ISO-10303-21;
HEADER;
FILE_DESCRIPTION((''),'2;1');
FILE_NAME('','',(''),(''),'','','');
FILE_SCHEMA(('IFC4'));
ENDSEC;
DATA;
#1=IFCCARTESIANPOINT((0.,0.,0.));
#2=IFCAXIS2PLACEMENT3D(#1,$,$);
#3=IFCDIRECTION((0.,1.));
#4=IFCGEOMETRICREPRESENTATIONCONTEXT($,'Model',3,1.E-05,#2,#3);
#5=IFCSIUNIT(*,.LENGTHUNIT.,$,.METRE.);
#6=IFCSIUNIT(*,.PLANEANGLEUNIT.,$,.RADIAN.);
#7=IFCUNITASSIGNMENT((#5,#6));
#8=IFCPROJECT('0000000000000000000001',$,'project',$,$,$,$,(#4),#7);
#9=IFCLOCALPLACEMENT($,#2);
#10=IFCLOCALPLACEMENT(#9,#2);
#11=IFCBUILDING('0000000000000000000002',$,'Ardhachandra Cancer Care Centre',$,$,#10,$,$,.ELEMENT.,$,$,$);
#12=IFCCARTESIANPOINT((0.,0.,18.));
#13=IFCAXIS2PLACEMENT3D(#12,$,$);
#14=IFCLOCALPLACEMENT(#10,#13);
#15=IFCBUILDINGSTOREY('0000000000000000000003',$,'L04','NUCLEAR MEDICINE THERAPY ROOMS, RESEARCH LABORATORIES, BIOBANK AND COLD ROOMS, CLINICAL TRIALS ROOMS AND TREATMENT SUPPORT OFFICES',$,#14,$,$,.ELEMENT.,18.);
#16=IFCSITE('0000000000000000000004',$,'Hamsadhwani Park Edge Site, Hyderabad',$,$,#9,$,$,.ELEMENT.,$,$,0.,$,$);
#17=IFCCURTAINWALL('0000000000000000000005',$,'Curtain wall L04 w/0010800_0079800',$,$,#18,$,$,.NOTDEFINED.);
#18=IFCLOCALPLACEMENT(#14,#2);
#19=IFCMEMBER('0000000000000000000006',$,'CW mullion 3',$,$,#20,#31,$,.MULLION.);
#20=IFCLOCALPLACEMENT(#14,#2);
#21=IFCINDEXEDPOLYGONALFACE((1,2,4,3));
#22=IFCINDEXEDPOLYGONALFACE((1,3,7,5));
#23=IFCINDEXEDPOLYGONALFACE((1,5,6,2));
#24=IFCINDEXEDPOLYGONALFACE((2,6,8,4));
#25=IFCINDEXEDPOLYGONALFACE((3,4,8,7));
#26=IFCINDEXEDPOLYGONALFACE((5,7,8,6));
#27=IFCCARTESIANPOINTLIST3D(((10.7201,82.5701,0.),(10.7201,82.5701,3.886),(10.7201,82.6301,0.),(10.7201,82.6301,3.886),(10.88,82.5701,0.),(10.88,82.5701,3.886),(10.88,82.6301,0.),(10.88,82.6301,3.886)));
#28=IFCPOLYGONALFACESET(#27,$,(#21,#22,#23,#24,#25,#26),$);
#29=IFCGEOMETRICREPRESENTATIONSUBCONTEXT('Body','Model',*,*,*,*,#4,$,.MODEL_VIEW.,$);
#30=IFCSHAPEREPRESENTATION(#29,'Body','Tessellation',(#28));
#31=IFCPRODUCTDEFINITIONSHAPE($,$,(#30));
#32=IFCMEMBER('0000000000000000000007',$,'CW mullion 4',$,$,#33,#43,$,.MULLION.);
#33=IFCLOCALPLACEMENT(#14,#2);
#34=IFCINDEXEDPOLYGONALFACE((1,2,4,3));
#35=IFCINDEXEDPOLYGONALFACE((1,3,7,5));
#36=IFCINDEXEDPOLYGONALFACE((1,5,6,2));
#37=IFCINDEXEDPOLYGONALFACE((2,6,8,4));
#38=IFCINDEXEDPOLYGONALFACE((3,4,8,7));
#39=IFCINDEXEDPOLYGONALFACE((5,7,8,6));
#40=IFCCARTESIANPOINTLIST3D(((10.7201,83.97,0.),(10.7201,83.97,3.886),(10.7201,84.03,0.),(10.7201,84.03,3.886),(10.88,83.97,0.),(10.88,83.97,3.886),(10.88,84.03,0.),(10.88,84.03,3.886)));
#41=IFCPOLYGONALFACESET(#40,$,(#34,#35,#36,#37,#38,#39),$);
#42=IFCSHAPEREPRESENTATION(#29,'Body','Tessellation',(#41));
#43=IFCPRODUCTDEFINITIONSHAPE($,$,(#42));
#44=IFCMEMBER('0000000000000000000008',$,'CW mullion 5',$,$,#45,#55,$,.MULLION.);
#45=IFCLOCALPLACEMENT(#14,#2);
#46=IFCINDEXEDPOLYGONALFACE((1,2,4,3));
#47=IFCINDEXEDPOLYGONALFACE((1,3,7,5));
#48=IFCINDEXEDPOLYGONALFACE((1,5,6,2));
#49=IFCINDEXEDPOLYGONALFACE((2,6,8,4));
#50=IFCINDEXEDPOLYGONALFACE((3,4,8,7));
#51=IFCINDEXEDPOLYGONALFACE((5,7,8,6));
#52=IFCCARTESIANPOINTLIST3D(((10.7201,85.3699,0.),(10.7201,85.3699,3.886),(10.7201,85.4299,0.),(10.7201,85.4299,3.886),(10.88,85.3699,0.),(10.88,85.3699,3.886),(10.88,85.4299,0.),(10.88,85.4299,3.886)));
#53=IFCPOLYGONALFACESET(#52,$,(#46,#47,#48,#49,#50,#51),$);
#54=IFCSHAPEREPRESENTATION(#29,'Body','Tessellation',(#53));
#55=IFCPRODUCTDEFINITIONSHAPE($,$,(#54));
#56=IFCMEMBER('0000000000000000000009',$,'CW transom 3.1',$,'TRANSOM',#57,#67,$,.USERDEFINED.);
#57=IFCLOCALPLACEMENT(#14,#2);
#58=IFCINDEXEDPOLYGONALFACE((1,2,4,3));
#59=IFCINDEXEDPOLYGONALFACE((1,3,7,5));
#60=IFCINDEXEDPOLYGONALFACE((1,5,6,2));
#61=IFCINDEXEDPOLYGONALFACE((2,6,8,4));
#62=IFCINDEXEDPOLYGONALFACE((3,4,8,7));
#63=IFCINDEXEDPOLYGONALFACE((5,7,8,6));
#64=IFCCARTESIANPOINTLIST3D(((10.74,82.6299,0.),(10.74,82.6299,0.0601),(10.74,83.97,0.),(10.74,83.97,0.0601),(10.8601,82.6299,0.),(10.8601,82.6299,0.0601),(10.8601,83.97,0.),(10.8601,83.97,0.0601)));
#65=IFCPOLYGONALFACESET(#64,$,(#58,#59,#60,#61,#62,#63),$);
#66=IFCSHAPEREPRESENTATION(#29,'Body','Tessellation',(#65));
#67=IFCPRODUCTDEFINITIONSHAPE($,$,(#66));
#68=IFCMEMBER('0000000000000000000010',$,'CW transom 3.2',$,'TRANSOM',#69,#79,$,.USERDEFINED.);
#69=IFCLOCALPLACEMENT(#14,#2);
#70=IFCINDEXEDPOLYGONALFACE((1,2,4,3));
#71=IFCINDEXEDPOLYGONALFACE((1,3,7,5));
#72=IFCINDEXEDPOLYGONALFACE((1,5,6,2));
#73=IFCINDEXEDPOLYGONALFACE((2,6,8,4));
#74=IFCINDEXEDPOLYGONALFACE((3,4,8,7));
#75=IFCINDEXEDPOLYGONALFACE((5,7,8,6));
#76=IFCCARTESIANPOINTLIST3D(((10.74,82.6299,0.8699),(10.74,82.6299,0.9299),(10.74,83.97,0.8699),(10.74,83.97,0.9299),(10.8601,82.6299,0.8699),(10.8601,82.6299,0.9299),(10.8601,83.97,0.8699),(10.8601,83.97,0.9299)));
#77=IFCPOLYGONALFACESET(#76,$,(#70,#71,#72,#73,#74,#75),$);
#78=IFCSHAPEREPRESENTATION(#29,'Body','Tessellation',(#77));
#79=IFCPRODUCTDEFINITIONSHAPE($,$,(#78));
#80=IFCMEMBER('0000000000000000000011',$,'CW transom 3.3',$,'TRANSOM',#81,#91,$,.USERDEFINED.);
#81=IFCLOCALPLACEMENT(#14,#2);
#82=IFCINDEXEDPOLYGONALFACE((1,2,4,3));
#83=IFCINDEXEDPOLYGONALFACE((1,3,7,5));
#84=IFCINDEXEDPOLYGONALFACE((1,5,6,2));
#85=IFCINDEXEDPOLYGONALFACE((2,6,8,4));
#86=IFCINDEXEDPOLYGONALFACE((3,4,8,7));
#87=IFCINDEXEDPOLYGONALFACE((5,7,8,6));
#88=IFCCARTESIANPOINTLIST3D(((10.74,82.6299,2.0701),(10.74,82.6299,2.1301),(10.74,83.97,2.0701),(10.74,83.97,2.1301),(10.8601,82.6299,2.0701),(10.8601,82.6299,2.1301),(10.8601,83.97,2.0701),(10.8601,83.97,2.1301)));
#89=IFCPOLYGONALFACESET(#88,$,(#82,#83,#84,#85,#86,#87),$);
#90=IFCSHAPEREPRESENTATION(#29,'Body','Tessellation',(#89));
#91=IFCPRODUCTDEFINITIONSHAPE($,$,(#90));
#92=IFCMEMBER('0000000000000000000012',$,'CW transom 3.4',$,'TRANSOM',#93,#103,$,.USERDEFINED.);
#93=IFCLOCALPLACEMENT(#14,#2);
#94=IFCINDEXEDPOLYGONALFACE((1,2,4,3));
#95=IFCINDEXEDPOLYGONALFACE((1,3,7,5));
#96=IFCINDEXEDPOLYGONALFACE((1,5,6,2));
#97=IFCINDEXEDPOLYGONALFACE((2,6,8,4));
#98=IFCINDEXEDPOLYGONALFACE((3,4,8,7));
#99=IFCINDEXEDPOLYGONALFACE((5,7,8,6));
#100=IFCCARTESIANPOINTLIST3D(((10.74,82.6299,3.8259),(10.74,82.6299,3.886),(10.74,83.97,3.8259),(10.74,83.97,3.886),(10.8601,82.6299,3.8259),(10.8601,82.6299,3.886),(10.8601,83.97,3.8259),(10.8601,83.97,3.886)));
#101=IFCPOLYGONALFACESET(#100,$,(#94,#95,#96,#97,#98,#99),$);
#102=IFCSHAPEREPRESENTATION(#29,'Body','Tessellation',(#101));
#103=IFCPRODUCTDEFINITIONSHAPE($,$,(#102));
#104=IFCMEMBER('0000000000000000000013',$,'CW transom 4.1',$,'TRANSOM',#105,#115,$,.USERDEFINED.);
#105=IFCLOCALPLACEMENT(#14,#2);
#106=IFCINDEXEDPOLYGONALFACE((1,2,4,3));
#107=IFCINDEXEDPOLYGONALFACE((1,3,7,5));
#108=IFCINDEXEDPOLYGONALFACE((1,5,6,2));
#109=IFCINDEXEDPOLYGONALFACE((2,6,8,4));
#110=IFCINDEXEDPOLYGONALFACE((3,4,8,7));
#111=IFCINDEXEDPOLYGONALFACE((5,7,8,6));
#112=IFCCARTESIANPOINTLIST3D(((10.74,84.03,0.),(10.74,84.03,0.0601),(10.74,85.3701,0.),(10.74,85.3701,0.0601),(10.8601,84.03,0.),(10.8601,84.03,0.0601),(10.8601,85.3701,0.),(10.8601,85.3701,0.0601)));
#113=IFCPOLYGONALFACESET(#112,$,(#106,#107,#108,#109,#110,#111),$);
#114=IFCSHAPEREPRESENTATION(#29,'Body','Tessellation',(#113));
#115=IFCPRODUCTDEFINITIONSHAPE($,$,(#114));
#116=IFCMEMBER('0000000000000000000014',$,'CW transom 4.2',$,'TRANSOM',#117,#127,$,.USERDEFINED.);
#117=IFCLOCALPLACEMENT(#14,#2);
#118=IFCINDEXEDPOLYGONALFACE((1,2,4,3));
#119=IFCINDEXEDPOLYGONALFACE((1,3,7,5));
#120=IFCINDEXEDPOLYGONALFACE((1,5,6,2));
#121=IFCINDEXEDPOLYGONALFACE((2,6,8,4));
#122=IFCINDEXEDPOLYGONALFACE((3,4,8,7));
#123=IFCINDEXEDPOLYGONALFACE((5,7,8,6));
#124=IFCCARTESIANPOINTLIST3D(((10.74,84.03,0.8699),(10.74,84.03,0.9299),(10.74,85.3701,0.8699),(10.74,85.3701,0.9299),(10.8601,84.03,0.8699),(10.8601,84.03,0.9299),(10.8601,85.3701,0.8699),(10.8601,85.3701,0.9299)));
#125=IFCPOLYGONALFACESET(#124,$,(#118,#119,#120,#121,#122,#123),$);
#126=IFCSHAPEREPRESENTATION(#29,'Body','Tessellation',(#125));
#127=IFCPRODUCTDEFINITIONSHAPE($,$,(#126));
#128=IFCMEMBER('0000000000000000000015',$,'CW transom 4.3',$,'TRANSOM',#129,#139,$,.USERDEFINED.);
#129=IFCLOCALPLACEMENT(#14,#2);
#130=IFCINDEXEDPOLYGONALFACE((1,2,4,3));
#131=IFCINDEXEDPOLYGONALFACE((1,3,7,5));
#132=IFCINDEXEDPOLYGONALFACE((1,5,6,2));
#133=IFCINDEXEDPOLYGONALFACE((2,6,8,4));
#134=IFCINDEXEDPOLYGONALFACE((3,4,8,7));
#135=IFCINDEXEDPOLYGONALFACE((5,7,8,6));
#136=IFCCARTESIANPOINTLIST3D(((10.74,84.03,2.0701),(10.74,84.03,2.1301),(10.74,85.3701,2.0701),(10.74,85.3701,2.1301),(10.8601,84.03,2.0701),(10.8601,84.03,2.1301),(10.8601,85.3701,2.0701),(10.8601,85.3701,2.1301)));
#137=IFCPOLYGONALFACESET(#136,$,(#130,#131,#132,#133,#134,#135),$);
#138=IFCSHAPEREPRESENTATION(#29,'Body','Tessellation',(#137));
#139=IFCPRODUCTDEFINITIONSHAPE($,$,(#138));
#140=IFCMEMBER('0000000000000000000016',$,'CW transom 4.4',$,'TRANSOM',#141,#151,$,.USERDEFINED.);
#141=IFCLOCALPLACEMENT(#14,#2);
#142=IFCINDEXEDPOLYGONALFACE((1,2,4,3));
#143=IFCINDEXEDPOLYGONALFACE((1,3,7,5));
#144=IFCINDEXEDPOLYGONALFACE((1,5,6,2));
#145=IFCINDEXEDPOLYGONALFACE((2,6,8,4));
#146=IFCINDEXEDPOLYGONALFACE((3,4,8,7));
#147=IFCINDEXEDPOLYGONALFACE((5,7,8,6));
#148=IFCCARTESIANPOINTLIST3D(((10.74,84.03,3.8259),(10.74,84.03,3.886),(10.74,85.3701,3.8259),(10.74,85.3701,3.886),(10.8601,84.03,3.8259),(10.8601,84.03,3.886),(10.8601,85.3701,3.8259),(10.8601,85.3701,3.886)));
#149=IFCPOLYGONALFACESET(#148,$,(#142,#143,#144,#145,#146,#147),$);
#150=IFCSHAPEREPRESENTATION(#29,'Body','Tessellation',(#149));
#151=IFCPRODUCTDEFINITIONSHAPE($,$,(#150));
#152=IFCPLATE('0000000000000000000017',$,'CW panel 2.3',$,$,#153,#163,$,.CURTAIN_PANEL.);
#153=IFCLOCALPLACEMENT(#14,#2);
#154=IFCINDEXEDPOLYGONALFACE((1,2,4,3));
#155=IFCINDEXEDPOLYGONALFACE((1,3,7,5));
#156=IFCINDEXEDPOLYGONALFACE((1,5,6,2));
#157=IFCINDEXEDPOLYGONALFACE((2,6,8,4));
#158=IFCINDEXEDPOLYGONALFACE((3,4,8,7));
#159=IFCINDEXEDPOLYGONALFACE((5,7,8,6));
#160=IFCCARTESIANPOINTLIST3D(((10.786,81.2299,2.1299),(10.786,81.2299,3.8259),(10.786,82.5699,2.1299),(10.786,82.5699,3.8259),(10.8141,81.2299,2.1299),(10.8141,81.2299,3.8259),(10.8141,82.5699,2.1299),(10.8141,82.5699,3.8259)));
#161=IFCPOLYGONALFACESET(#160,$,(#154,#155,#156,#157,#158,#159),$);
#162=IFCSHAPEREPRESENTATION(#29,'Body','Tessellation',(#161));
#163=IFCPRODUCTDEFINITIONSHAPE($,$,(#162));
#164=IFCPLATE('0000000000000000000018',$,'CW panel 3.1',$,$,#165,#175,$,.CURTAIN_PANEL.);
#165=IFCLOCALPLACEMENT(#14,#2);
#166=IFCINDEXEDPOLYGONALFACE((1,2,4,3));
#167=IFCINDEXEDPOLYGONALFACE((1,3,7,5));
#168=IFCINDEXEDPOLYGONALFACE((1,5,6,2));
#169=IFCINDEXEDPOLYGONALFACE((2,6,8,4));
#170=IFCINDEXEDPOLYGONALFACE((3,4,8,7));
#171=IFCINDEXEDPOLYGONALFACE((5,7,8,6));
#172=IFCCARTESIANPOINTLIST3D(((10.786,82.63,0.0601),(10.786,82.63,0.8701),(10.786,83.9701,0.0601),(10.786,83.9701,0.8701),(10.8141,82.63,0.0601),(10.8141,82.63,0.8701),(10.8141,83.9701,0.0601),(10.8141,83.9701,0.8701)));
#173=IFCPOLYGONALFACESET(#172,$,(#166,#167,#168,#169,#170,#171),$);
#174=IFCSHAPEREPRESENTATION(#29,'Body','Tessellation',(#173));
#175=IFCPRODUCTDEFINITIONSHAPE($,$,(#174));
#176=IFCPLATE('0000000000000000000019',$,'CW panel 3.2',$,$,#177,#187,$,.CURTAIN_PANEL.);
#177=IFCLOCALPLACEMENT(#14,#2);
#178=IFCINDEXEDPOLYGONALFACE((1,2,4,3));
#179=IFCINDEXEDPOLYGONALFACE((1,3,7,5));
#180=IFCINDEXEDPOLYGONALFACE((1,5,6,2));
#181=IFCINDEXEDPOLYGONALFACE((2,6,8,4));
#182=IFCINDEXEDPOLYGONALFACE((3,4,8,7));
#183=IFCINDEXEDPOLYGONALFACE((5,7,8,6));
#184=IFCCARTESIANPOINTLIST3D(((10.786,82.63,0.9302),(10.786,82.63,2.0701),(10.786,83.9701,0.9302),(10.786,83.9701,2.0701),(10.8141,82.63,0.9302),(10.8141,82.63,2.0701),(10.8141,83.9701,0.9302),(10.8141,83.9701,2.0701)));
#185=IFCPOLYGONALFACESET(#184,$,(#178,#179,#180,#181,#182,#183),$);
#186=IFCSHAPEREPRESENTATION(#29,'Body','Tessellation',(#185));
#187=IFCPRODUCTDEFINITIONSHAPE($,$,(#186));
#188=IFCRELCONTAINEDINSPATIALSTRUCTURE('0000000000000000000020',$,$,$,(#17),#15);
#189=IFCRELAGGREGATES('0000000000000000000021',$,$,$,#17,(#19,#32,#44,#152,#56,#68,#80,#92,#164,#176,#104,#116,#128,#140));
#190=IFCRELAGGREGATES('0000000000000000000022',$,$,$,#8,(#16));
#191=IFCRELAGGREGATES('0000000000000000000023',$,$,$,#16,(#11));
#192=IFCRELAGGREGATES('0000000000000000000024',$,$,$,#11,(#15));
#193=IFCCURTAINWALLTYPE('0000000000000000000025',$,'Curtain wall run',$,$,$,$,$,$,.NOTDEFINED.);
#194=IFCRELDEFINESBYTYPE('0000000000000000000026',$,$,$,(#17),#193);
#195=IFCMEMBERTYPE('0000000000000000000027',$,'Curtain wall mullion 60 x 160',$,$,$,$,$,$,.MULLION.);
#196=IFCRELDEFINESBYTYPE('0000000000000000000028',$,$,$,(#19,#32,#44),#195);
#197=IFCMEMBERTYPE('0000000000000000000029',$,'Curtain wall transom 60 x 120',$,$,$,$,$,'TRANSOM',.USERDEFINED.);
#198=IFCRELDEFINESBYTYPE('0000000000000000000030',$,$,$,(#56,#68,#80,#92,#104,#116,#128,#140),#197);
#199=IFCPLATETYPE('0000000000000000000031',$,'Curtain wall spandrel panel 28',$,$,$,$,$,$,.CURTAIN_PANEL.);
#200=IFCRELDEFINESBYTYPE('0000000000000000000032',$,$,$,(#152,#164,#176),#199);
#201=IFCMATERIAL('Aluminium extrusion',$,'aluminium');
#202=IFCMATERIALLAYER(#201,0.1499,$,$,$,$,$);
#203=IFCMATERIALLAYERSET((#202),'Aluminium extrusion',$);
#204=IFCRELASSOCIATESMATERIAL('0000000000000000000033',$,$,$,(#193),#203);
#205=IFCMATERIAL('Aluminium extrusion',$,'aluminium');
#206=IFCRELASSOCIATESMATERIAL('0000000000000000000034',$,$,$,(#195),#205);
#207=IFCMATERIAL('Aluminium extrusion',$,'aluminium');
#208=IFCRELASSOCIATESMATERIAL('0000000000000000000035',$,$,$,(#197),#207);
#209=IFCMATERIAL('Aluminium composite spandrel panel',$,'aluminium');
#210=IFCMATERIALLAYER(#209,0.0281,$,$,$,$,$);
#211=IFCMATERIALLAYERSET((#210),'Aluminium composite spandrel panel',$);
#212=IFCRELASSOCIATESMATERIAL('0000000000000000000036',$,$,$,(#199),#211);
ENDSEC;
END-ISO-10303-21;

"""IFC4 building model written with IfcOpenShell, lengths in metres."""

from ifc_helpers import new_model, si_unit, direction, frame, origin, origin_2d, place, context, subcontext, project, spatial, rectangle, extrude, material, layer, layer_set, material_profile, profile_set, type_object, element, aggregate, save


model = new_model("IFC4")

# Units and contexts
model_context = context("Model", 3, precision=1e-05, world=origin(), true_north=direction((0.0, 1.0)))
body_context = subcontext(model_context, "Body", "Model", "MODEL_VIEW")
ifc_project = project(units=[si_unit("LENGTHUNIT", "METRE"), si_unit("PLANEANGLEUNIT", "RADIAN")], contexts=[model_context])

# Site, building, storey
site_placement = place(None, origin())
site = spatial("IfcSite", under=ifc_project, at=site_placement, Name="Hamsadhwani Park Edge Site, Hyderabad", CompositionType="ELEMENT", RefElevation=0.0)
building_placement = place(site_placement, origin())
building = spatial("IfcBuilding", under=site, at=building_placement, Name="Ardhachandra Cancer Care Centre", CompositionType="ELEMENT")
storey_placement = place(building_placement, frame((0.0, 0.0, 18.0)))
storey = spatial("IfcBuildingStorey", under=building, at=storey_placement, Name="L04", Description="NUCLEAR MEDICINE THERAPY ROOMS, RESEARCH LABORATORIES, BIOBANK AND COLD ROOMS, CLINICAL TRIALS ROOMS AND TREATMENT SUPPORT OFFICES", CompositionType="ELEMENT", Elevation=18.0)

# Curtain wall, members, plates
ifc_material_1 = material(Name="Aluminium extrusion", Category="aluminium")
ifc_layer_1 = layer(ifc_material_1, 0.1499)
ifc_layer_set_1 = layer_set([ifc_layer_1], Name="Aluminium extrusion")
curtain_wall_type = type_object("IfcCurtainWallType", Name="Curtain wall run", PredefinedType="NOTDEFINED", material=ifc_layer_set_1)
curtain_wall_placement = place(storey_placement, origin())
curtain_wall = element("IfcCurtainWall", 1, at=curtain_wall_placement, inside=storey, type_object=curtain_wall_type, Name="Curtain wall L04 w/0010800_0079800", PredefinedType="NOTDEFINED")
ifc_material_2 = material(Name="Aluminium extrusion", Category="aluminium")
ifc_material_profile_1 = material_profile(ifc_material_2, rectangle(XDim=0.1599, YDim=0.0601, at=origin_2d()), Name="Curtain wall mullion 60 x 160")
ifc_profile_set_1 = profile_set([ifc_material_profile_1], Name="Aluminium extrusion")
member_type_1 = type_object("IfcMemberType", Name="Curtain wall mullion 60 x 160", PredefinedType="MULLION", material=ifc_profile_set_1)
member_1_placement = place(storey_placement, frame((10.8, 82.6001, 0.0), z_axis=(0.0, 0.0, 1.0), x_axis=(-1.0, 0.0, 0.0)))
member_1 = element("IfcMember", 2, at=member_1_placement, type_object=member_type_1, Name="CW mullion 3", PredefinedType="MULLION", context=body_context, shape_type="SweptSolid", body=[
    extrude(rectangle(XDim=0.1599, YDim=0.0601, at=origin_2d()), origin(), (0.0, 0.0, 1.0), 3.886),
])
member_2_placement = place(storey_placement, frame((10.8, 84.0, 0.0), z_axis=(0.0, 0.0, 1.0), x_axis=(-1.0, 0.0, 0.0)))
member_2 = element("IfcMember", 3, at=member_2_placement, type_object=member_type_1, Name="CW mullion 4", PredefinedType="MULLION", context=body_context, shape_type="SweptSolid", body=[
    extrude(rectangle(XDim=0.1599, YDim=0.0601, at=origin_2d()), origin(), (0.0, 0.0, 1.0), 3.886),
])
member_3_placement = place(storey_placement, frame((10.8, 85.3999, 0.0), z_axis=(0.0, 0.0, 1.0), x_axis=(-1.0, 0.0, 0.0)))
member_3 = element("IfcMember", 4, at=member_3_placement, type_object=member_type_1, Name="CW mullion 5", PredefinedType="MULLION", context=body_context, shape_type="SweptSolid", body=[
    extrude(rectangle(XDim=0.1599, YDim=0.0601, at=origin_2d()), origin(), (0.0, 0.0, 1.0), 3.886),
])
ifc_material_3 = material(Name="Aluminium extrusion", Category="aluminium")
ifc_material_profile_2 = material_profile(ifc_material_3, rectangle(XDim=0.1201, YDim=0.0601, at=origin_2d()), Name="Curtain wall transom 60 x 120")
ifc_profile_set_2 = profile_set([ifc_material_profile_2], Name="Aluminium extrusion")
member_type_2 = type_object("IfcMemberType", Name="Curtain wall transom 60 x 120", ElementType="TRANSOM", PredefinedType="USERDEFINED", material=ifc_profile_set_2)
member_4_placement = place(storey_placement, frame((10.8, 82.6299, 0.03), z_axis=(0.0, 1.0, 0.0), x_axis=(-1.0, 0.0, 0.0)))
member_4 = element("IfcMember", 5, at=member_4_placement, type_object=member_type_2, Name="CW transom 3.1", ObjectType="TRANSOM", PredefinedType="USERDEFINED", context=body_context, shape_type="SweptSolid", body=[
    extrude(rectangle(XDim=0.1201, YDim=0.0601, at=origin_2d()), origin(), (0.0, 0.0, 1.0), 1.3401),
])
member_5_placement = place(storey_placement, frame((10.8, 82.6299, 0.8999), z_axis=(0.0, 1.0, 0.0), x_axis=(-1.0, 0.0, 0.0)))
member_5 = element("IfcMember", 6, at=member_5_placement, type_object=member_type_2, Name="CW transom 3.2", ObjectType="TRANSOM", PredefinedType="USERDEFINED", context=body_context, shape_type="SweptSolid", body=[
    extrude(rectangle(XDim=0.1201, YDim=0.0601, at=origin_2d()), origin(), (0.0, 0.0, 1.0), 1.3401),
])
member_6_placement = place(storey_placement, frame((10.8, 82.6299, 2.1001), z_axis=(0.0, 1.0, 0.0), x_axis=(-1.0, 0.0, 0.0)))
member_6 = element("IfcMember", 7, at=member_6_placement, type_object=member_type_2, Name="CW transom 3.3", ObjectType="TRANSOM", PredefinedType="USERDEFINED", context=body_context, shape_type="SweptSolid", body=[
    extrude(rectangle(XDim=0.1201, YDim=0.0601, at=origin_2d()), origin(), (0.0, 0.0, 1.0), 1.3401),
])
member_7_placement = place(storey_placement, frame((10.8, 82.6299, 3.856), z_axis=(0.0, 1.0, 0.0), x_axis=(-1.0, 0.0, 0.0)))
member_7 = element("IfcMember", 8, at=member_7_placement, type_object=member_type_2, Name="CW transom 3.4", ObjectType="TRANSOM", PredefinedType="USERDEFINED", context=body_context, shape_type="SweptSolid", body=[
    extrude(rectangle(XDim=0.1201, YDim=0.0601, at=origin_2d()), origin(), (0.0, 0.0, 1.0), 1.3401),
])
member_8_placement = place(storey_placement, frame((10.8, 84.03, 0.03), z_axis=(0.0, 1.0, 0.0), x_axis=(-1.0, 0.0, 0.0)))
member_8 = element("IfcMember", 9, at=member_8_placement, type_object=member_type_2, Name="CW transom 4.1", ObjectType="TRANSOM", PredefinedType="USERDEFINED", context=body_context, shape_type="SweptSolid", body=[
    extrude(rectangle(XDim=0.1201, YDim=0.0601, at=origin_2d()), origin(), (0.0, 0.0, 1.0), 1.3401),
])
member_9_placement = place(storey_placement, frame((10.8, 84.03, 0.8999), z_axis=(0.0, 1.0, 0.0), x_axis=(-1.0, 0.0, 0.0)))
member_9 = element("IfcMember", 10, at=member_9_placement, type_object=member_type_2, Name="CW transom 4.2", ObjectType="TRANSOM", PredefinedType="USERDEFINED", context=body_context, shape_type="SweptSolid", body=[
    extrude(rectangle(XDim=0.1201, YDim=0.0601, at=origin_2d()), origin(), (0.0, 0.0, 1.0), 1.3401),
])
member_10_placement = place(storey_placement, frame((10.8, 84.03, 2.1001), z_axis=(0.0, 1.0, 0.0), x_axis=(-1.0, 0.0, 0.0)))
member_10 = element("IfcMember", 11, at=member_10_placement, type_object=member_type_2, Name="CW transom 4.3", ObjectType="TRANSOM", PredefinedType="USERDEFINED", context=body_context, shape_type="SweptSolid", body=[
    extrude(rectangle(XDim=0.1201, YDim=0.0601, at=origin_2d()), origin(), (0.0, 0.0, 1.0), 1.3401),
])
member_11_placement = place(storey_placement, frame((10.8, 84.03, 3.856), z_axis=(0.0, 1.0, 0.0), x_axis=(-1.0, 0.0, 0.0)))
member_11 = element("IfcMember", 12, at=member_11_placement, type_object=member_type_2, Name="CW transom 4.4", ObjectType="TRANSOM", PredefinedType="USERDEFINED", context=body_context, shape_type="SweptSolid", body=[
    extrude(rectangle(XDim=0.1201, YDim=0.0601, at=origin_2d()), origin(), (0.0, 0.0, 1.0), 1.3401),
])
ifc_material_4 = material(Name="Aluminium composite spandrel panel", Category="aluminium")
ifc_layer_2 = layer(ifc_material_4, 0.0281)
ifc_layer_set_2 = layer_set([ifc_layer_2], Name="Aluminium composite spandrel panel")
plate_type = type_object("IfcPlateType", Name="Curtain wall spandrel panel 28", PredefinedType="CURTAIN_PANEL", material=ifc_layer_set_2)
plate_1_placement = place(storey_placement, frame((10.8, 81.8999, 2.1299), z_axis=(0.0, 0.0, 1.0), x_axis=(0.0, 1.0, 0.0)))
plate_1 = element("IfcPlate", 13, at=plate_1_placement, type_object=plate_type, Name="CW panel 2.3", PredefinedType="CURTAIN_PANEL", context=body_context, shape_type="SweptSolid", body=[
    extrude(rectangle(XDim=1.3401, YDim=0.0281, at=origin_2d()), origin(), (0.0, 0.0, 1.0), 1.696),
])
plate_2_placement = place(storey_placement, frame((10.8, 83.3, 0.0601), z_axis=(0.0, 0.0, 1.0), x_axis=(0.0, 1.0, 0.0)))
plate_2 = element("IfcPlate", 14, at=plate_2_placement, type_object=plate_type, Name="CW panel 3.1", PredefinedType="CURTAIN_PANEL", context=body_context, shape_type="SweptSolid", body=[
    extrude(rectangle(XDim=1.3401, YDim=0.0281, at=origin_2d()), origin(), (0.0, 0.0, 1.0), 0.8101),
])
plate_3_placement = place(storey_placement, frame((10.8, 83.3, 0.9302), z_axis=(0.0, 0.0, 1.0), x_axis=(0.0, 1.0, 0.0)))
plate_3 = element("IfcPlate", 15, at=plate_3_placement, type_object=plate_type, Name="CW panel 3.2", PredefinedType="CURTAIN_PANEL", context=body_context, shape_type="SweptSolid", body=[
    extrude(rectangle(XDim=1.3401, YDim=0.0281, at=origin_2d()), origin(), (0.0, 0.0, 1.0), 1.1399),
])
aggregate(curtain_wall, [member_1, member_2, member_3, plate_1, member_4, member_5, member_6, member_7, plate_2, plate_3, member_8, member_9, member_10, member_11])

save(model, "model.ifc")
